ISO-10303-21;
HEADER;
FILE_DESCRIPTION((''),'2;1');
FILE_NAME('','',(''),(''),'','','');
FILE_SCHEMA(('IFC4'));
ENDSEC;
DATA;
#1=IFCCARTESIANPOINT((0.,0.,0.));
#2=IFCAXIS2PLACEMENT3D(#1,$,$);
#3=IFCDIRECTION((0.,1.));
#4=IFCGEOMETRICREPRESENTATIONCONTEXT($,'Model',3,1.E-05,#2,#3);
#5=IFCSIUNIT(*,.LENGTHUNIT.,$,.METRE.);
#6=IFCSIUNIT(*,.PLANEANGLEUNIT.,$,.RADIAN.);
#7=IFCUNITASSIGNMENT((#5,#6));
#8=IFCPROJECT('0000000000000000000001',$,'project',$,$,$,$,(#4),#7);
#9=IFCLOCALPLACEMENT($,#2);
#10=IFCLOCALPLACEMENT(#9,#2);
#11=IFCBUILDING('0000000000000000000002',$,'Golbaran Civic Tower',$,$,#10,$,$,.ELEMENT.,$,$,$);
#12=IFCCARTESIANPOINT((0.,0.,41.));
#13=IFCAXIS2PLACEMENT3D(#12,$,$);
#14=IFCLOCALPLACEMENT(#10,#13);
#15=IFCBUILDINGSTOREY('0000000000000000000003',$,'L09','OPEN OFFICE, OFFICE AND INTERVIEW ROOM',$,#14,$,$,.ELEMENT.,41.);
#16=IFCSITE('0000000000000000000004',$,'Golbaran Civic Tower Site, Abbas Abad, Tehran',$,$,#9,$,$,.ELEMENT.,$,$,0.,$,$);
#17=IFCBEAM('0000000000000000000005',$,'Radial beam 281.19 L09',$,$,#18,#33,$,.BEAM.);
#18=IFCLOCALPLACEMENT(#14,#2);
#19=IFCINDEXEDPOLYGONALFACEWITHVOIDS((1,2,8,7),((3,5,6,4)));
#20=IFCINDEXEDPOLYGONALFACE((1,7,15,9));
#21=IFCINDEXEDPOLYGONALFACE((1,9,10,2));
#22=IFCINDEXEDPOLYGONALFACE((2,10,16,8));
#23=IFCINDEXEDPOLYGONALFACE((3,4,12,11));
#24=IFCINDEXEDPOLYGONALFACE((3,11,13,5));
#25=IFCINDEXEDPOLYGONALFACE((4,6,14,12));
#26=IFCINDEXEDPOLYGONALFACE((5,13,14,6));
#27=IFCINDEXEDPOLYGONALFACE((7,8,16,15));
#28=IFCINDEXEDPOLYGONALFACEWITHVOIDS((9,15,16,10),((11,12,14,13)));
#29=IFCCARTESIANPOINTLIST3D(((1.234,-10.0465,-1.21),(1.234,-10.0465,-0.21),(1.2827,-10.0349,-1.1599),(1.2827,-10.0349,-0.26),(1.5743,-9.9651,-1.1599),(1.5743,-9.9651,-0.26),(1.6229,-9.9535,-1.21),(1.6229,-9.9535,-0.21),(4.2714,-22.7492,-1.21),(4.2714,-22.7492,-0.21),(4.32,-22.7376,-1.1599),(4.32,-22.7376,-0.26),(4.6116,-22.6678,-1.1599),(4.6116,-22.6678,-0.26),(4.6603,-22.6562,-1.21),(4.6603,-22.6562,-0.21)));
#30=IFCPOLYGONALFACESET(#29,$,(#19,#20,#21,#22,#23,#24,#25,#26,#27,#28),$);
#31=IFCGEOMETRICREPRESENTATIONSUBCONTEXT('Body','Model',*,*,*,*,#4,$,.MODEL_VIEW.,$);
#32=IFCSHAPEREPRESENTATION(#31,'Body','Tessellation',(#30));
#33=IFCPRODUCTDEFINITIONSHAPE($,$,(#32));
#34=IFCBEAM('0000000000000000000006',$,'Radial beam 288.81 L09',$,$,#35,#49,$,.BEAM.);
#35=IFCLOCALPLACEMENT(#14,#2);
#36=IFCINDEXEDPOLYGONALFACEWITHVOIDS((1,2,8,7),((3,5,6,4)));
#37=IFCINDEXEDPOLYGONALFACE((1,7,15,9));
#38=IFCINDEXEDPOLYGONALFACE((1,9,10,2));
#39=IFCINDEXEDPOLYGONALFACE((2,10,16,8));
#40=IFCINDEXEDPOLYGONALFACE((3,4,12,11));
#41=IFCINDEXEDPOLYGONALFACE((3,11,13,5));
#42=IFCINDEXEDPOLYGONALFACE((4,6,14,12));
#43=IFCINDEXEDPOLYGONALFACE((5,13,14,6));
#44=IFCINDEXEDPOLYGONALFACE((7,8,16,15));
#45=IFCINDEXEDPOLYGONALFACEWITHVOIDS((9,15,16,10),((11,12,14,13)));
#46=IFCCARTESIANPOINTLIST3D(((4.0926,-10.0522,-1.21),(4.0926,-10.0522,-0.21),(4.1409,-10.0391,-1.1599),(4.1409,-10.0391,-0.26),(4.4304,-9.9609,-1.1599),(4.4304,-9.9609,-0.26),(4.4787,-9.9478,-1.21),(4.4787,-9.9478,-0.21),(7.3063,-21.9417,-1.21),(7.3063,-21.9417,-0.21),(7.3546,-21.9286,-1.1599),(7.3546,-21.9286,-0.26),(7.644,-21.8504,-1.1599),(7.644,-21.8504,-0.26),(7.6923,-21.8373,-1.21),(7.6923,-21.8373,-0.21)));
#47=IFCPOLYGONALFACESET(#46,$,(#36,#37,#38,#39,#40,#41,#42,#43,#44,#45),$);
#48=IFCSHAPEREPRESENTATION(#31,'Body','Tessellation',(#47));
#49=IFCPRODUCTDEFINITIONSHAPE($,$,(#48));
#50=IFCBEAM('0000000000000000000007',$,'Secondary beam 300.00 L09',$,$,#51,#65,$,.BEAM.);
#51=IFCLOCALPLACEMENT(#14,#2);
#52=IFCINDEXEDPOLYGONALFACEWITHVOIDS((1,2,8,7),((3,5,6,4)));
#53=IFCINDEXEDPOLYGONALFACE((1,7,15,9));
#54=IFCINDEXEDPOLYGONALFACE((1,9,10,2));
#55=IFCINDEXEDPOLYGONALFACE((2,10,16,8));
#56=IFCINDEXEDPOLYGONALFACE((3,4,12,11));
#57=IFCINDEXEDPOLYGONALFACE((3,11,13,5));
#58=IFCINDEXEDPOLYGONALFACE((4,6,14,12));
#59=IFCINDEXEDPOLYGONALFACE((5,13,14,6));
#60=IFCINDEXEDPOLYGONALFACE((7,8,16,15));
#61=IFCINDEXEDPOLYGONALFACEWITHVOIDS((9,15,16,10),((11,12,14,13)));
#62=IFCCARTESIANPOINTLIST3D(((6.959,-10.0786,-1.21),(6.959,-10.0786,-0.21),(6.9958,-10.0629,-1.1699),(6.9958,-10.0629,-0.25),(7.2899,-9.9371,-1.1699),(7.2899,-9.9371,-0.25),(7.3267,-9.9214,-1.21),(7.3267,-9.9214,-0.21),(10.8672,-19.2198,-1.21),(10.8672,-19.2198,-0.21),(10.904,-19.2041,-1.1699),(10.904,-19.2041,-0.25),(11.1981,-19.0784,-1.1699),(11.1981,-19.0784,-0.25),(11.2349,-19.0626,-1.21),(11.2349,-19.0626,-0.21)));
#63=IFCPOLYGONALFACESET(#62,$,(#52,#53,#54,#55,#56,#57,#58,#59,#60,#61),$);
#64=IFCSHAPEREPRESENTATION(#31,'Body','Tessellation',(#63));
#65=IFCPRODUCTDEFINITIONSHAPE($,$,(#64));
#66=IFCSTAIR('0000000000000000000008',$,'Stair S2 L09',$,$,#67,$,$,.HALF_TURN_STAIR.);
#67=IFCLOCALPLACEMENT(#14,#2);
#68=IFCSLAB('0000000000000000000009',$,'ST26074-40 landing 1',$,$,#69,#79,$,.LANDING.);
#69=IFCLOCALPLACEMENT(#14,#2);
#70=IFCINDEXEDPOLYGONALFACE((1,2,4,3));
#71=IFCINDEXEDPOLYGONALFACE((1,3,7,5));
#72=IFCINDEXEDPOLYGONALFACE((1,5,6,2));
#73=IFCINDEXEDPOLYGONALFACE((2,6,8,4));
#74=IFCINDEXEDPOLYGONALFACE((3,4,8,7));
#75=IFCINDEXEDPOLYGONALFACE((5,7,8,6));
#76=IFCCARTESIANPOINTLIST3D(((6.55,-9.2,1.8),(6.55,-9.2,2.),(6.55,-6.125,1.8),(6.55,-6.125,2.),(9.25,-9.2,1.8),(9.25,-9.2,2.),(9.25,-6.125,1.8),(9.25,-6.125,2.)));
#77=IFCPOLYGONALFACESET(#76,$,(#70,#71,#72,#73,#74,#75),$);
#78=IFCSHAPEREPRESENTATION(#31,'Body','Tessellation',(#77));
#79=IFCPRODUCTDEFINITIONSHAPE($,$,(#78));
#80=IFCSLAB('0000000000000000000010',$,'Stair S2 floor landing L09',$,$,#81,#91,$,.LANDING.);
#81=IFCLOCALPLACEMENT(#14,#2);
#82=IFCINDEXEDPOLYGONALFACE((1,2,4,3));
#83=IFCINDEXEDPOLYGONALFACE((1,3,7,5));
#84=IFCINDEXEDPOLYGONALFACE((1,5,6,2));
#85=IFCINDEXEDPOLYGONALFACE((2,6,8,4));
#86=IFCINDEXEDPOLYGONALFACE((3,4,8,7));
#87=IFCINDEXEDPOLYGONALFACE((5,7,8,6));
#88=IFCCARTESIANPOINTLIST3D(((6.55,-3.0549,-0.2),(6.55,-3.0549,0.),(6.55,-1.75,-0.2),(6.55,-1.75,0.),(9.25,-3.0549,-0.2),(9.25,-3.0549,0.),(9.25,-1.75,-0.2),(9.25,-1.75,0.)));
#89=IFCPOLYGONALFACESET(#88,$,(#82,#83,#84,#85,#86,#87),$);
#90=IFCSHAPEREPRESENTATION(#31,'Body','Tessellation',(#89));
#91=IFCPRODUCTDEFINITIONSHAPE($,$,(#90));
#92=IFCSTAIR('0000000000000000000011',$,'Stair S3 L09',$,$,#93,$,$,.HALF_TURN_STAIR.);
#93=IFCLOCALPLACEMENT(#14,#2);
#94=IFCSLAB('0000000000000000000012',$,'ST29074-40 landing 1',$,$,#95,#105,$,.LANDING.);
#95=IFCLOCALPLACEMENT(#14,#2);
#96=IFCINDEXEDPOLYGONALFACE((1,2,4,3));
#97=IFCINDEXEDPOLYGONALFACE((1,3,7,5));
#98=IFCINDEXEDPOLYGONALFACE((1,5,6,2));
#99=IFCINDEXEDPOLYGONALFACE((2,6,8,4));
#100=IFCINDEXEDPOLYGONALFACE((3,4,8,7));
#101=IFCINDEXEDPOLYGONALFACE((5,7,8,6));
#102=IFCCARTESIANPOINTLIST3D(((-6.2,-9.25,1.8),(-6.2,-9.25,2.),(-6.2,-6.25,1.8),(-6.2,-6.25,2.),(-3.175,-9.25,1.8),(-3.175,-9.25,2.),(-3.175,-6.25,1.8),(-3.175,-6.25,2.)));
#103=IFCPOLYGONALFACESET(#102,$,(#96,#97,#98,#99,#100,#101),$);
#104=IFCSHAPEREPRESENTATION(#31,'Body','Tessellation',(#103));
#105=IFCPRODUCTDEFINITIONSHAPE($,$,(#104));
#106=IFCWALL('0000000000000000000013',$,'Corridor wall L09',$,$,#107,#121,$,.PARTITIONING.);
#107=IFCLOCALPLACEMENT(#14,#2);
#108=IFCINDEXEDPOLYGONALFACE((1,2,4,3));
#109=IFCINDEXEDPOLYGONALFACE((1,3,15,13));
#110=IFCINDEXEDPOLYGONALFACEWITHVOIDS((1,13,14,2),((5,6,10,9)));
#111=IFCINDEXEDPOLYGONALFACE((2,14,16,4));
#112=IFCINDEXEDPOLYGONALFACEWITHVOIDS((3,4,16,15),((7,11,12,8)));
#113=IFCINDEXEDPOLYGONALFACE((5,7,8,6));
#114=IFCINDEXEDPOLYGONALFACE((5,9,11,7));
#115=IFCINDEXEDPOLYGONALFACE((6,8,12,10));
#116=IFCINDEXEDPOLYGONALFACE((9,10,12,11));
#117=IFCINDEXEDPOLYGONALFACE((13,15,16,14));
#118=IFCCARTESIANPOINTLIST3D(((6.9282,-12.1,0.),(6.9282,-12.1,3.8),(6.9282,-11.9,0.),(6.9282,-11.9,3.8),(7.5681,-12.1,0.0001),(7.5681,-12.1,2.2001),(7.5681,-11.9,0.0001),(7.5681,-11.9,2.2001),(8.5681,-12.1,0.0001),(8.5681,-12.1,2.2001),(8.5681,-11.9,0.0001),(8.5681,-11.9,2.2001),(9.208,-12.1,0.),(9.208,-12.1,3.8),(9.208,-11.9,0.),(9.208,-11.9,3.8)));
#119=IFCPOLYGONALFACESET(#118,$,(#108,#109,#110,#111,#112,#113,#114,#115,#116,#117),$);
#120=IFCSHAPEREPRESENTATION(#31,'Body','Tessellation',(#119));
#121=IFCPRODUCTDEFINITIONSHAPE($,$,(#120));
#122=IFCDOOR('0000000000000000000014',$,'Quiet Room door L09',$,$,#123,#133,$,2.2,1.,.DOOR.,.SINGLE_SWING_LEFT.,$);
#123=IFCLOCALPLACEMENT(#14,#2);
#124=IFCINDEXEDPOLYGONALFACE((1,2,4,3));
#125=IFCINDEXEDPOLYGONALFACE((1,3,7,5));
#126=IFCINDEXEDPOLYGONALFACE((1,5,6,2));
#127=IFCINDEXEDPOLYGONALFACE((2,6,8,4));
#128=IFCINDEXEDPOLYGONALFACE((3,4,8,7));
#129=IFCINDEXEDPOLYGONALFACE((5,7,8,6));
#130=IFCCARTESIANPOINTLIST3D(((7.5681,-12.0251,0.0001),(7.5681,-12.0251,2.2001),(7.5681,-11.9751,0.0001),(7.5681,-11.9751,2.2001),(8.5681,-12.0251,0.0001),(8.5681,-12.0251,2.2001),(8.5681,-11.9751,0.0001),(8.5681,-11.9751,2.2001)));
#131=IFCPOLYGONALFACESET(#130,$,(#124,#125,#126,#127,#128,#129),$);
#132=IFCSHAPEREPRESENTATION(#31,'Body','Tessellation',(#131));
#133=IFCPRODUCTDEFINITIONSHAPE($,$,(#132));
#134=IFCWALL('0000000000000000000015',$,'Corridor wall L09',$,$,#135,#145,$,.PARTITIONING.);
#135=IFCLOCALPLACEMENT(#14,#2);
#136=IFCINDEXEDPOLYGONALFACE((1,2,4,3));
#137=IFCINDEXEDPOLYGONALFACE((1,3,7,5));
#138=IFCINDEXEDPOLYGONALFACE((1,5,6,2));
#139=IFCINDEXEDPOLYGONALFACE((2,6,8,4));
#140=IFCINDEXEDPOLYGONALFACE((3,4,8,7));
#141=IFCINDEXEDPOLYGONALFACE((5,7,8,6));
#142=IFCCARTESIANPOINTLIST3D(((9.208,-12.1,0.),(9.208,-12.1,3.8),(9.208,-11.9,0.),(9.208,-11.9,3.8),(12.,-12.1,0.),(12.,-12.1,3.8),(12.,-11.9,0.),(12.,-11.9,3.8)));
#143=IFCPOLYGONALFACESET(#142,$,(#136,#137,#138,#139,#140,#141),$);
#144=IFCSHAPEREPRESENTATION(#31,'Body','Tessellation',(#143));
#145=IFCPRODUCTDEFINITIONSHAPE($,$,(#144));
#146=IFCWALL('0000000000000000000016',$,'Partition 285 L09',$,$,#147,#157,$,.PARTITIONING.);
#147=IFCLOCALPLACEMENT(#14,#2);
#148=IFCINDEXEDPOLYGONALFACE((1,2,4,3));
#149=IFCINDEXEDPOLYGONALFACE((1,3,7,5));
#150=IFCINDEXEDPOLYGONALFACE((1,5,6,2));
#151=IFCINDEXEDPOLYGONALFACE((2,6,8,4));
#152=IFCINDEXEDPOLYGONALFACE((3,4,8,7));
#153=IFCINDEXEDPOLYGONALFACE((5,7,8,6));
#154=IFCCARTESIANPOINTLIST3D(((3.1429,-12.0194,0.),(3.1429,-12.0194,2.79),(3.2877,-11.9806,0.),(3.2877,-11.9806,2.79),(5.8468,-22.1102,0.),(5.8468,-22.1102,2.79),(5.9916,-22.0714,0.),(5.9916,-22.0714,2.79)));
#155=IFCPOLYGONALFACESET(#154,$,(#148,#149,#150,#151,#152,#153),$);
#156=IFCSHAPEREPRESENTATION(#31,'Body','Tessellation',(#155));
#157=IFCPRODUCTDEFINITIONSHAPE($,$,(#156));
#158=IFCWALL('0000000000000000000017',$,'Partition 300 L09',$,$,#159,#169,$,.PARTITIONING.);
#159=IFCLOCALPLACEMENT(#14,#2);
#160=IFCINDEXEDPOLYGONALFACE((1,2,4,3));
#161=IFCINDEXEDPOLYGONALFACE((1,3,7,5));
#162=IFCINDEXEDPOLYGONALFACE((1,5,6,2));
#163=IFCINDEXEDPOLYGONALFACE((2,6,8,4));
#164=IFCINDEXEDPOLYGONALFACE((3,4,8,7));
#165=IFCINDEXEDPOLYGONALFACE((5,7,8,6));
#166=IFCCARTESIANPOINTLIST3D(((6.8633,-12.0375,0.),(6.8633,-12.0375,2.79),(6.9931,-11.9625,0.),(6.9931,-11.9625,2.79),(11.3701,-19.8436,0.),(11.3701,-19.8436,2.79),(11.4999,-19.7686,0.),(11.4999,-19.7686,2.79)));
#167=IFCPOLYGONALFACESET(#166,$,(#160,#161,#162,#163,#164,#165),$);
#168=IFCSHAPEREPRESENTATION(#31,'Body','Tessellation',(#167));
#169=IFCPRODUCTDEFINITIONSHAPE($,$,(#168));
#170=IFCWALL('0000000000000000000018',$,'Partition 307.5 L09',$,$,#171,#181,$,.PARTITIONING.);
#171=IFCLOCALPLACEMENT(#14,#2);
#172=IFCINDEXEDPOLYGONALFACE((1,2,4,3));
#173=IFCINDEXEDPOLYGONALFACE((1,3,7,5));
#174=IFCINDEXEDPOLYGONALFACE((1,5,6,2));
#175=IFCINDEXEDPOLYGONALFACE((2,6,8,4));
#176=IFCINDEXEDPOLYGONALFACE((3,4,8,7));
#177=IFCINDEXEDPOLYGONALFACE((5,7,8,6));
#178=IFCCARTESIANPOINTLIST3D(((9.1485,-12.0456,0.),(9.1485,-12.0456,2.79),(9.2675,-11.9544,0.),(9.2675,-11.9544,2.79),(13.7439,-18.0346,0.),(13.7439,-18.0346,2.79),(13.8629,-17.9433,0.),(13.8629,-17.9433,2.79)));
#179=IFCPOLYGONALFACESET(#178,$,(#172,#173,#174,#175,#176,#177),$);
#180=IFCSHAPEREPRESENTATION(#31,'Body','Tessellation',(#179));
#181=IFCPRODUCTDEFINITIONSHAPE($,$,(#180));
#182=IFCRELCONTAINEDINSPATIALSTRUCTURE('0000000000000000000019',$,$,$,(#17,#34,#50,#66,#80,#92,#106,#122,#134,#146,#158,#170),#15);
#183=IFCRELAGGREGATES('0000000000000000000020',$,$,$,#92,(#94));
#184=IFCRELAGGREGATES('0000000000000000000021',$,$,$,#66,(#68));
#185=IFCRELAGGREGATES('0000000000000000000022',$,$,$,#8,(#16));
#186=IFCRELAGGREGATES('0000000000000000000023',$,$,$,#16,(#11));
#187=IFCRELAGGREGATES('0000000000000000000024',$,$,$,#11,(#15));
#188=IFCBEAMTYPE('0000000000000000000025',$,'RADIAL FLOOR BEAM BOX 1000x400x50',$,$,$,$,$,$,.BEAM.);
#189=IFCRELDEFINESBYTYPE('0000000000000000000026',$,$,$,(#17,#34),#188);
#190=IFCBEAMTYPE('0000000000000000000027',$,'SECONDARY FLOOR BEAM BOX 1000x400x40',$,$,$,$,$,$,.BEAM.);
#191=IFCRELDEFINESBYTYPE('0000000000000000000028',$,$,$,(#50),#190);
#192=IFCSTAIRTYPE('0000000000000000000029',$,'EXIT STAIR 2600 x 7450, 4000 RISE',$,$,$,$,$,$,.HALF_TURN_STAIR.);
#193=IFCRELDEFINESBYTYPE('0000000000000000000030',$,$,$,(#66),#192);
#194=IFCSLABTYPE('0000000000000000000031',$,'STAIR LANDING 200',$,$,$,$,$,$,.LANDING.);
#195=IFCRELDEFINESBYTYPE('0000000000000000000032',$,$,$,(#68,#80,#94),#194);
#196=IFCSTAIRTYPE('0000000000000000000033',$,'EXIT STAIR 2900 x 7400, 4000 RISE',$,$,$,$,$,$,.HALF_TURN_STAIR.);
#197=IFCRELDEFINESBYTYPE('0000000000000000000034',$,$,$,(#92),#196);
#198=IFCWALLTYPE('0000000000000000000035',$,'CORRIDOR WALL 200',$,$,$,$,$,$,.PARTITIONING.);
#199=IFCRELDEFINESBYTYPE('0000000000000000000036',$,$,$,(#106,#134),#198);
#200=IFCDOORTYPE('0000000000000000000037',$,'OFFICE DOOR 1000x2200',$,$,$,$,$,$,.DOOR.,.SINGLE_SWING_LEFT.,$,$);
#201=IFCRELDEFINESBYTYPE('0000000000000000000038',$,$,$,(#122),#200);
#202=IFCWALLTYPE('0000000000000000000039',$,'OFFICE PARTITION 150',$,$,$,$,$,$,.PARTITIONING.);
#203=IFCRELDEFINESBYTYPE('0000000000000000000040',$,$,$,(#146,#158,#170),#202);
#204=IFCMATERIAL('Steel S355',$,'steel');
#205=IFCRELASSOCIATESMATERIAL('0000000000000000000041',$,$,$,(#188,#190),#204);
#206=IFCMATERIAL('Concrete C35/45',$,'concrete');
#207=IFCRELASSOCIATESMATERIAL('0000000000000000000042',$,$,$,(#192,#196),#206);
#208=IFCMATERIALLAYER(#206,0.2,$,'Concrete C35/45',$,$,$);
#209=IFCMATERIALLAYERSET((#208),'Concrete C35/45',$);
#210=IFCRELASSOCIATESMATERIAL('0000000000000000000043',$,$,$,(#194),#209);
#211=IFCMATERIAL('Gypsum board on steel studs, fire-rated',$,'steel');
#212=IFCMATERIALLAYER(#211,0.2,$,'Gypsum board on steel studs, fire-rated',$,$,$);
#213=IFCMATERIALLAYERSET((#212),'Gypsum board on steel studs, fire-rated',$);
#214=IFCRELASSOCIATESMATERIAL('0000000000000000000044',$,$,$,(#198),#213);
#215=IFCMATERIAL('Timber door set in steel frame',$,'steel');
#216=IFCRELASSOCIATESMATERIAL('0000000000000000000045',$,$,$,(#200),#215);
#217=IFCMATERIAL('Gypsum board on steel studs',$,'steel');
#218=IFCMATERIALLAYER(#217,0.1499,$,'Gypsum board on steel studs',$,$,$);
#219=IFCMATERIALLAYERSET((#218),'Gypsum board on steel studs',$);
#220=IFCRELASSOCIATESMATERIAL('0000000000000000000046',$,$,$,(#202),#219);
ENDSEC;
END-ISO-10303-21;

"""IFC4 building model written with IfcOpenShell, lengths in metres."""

from ifc_helpers import new_model, si_unit, direction, frame, frame_2d, origin, origin_2d, place, context, subcontext, project, spatial, polyline, rectangle, hollow_rectangle, outline, extrude, material, layer, layer_set, material_profile, profile_set, type_object, element, fill, aggregate, save


model = new_model("IFC4")

# Units and contexts
model_context = context("Model", 3, precision=1e-05, world=origin(), true_north=direction((0.0, 1.0)))
body_context = subcontext(model_context, "Body", "Model", "MODEL_VIEW")
ifc_project = project(units=[si_unit("LENGTHUNIT", "METRE"), si_unit("PLANEANGLEUNIT", "RADIAN")], contexts=[model_context])

# Site, building, storey
site_placement = place(None, origin())
site = spatial("IfcSite", under=ifc_project, at=site_placement, Name="Golbaran Civic Tower Site, Abbas Abad, Tehran", CompositionType="ELEMENT", RefElevation=0.0)
building_placement = place(site_placement, origin())
building = spatial("IfcBuilding", under=site, at=building_placement, Name="Golbaran Civic Tower", CompositionType="ELEMENT")
storey_placement = place(building_placement, frame((0.0, 0.0, 41.0)))
storey = spatial("IfcBuildingStorey", under=building, at=storey_placement, Name="L09", Description="OPEN OFFICE, OFFICE AND INTERVIEW ROOM", CompositionType="ELEMENT", Elevation=41.0)

# Beams
ifc_material_1 = material(Name="Steel S355", Category="steel")
ifc_material_profile_1 = material_profile(ifc_material_1, hollow_rectangle(XDim=0.3999, YDim=1.0, WallThickness=0.05, at=origin_2d()), Name="BOX 1000x400x50")
ifc_profile_set_1 = profile_set([ifc_material_profile_1], Name="Steel S355")
beam_type_1 = type_object("IfcBeamType", Name="RADIAL FLOOR BEAM BOX 1000x400x50", PredefinedType="BEAM", material=ifc_profile_set_1)
beam_1_placement = place(storey_placement, frame((1.4285, -10.0, -0.71), z_axis=(0.232556, -0.972583, 0.0), x_axis=(0.972583, 0.232556, 0.0)))
element("IfcBeam", 1, at=beam_1_placement, inside=storey, type_object=beam_type_1, Name="Radial beam 281.19 L09", PredefinedType="BEAM", context=body_context, shape_type="SweptSolid", body=[
    extrude(hollow_rectangle(XDim=0.3999, YDim=1.0, WallThickness=0.05, at=origin_2d()), origin(), (0.0, 0.0, 1.0), 13.0608),
])
beam_2_placement = place(storey_placement, frame((4.2856, -10.0, -0.71), z_axis=(0.260929, -0.965358, 0.0), x_axis=(0.965358, 0.260929, 0.0)))
element("IfcBeam", 2, at=beam_2_placement, inside=storey, type_object=beam_type_1, Name="Radial beam 288.81 L09", PredefinedType="BEAM", context=body_context, shape_type="SweptSolid", body=[
    extrude(hollow_rectangle(XDim=0.3999, YDim=1.0, WallThickness=0.05, at=origin_2d()), origin(), (0.0, 0.0, 1.0), 12.3162),
])
ifc_material_profile_2 = material_profile(ifc_material_1, hollow_rectangle(XDim=0.3999, YDim=1.0, WallThickness=0.04, at=origin_2d()), Name="BOX 1000x400x40")
ifc_profile_set_2 = profile_set([ifc_material_profile_2], Name="Steel S355")
beam_type_2 = type_object("IfcBeamType", Name="SECONDARY FLOOR BEAM BOX 1000x400x40", PredefinedType="BEAM", material=ifc_profile_set_2)
beam_3_placement = place(storey_placement, frame((7.1428, -10.0, -0.71), z_axis=(0.393119, -0.919488, 0.0), x_axis=(0.919488, 0.393119, 0.0)))
element("IfcBeam", 3, at=beam_3_placement, inside=storey, type_object=beam_type_2, Name="Secondary beam 300.00 L09", PredefinedType="BEAM", context=body_context, shape_type="SweptSolid", body=[
    extrude(hollow_rectangle(XDim=0.3999, YDim=1.0, WallThickness=0.04, at=origin_2d()), origin(), (0.0, 0.0, 1.0), 9.9417),
])

# Stair, slab
ifc_material_2 = material(Name="Concrete C35/45", Category="concrete")
stair_type_1 = type_object("IfcStairType", Name="EXIT STAIR 2600 x 7450, 4000 RISE", PredefinedType="HALF_TURN_STAIR", material=ifc_material_2)
stair_1_placement = place(storey_placement, origin())
stair_1 = element("IfcStair", 4, at=stair_1_placement, inside=storey, type_object=stair_type_1, Name="Stair S2 L09", PredefinedType="HALF_TURN_STAIR")
ifc_layer_1 = layer(ifc_material_2, 0.2, Name="Concrete C35/45")
ifc_layer_set_1 = layer_set([ifc_layer_1], Name="Concrete C35/45")
slab_type = type_object("IfcSlabType", Name="STAIR LANDING 200", PredefinedType="LANDING", material=ifc_layer_set_1)
slab_1_placement = place(storey_placement, frame((0.0, 0.0, 1.8)))
slab_1 = element("IfcSlab", 5, at=slab_1_placement, type_object=slab_type, Name="ST26074-40 landing 1", PredefinedType="LANDING", context=body_context, shape_type="SweptSolid", body=[
    extrude(outline(polyline([(9.25, -6.125), (9.25, -9.2), (6.55, -9.2), (6.55, -6.125), (9.25, -6.125)])), origin(), (0.0, 0.0, 1.0), 0.2),
])

# Slab
slab_2_placement = place(storey_placement, frame((0.0, 0.0, -0.2)))
element("IfcSlab", 6, at=slab_2_placement, inside=storey, type_object=slab_type, Name="Stair S2 floor landing L09", PredefinedType="LANDING", context=body_context, shape_type="SweptSolid", body=[
    extrude(outline(polyline([(9.25, -1.75), (9.25, -3.0549), (6.55, -3.0549), (6.55, -1.75), (9.25, -1.75)])), origin(), (0.0, 0.0, 1.0), 0.2),
])

# Stair, slab
stair_type_2 = type_object("IfcStairType", Name="EXIT STAIR 2900 x 7400, 4000 RISE", PredefinedType="HALF_TURN_STAIR", material=ifc_material_2)
stair_2_placement = place(storey_placement, origin())
stair_2 = element("IfcStair", 7, at=stair_2_placement, inside=storey, type_object=stair_type_2, Name="Stair S3 L09", PredefinedType="HALF_TURN_STAIR")
slab_3_placement = place(storey_placement, frame((0.0, 0.0, 1.8)))
slab_3 = element("IfcSlab", 8, at=slab_3_placement, type_object=slab_type, Name="ST29074-40 landing 1", PredefinedType="LANDING", context=body_context, shape_type="SweptSolid", body=[
    extrude(outline(polyline([(-3.175, -9.25), (-6.2, -9.25), (-6.2, -6.25), (-3.175, -6.25), (-3.175, -9.25)])), origin(), (0.0, 0.0, 1.0), 0.2),
])
aggregate(stair_2, [slab_3])

# Wall, opening, door
ifc_material_3 = material(Name="Gypsum board on steel studs, fire-rated", Category="steel")
ifc_layer_2 = layer(ifc_material_3, 0.2, Name="Gypsum board on steel studs, fire-rated")
ifc_layer_set_2 = layer_set([ifc_layer_2], Name="Gypsum board on steel studs, fire-rated")
wall_type_1 = type_object("IfcWallType", Name="CORRIDOR WALL 200", PredefinedType="PARTITIONING", material=ifc_layer_set_2)
wall_1_placement = place(storey_placement, frame((6.9282, -12.0, 0.0), z_axis=(0.0, 0.0, 1.0), x_axis=(1.0, 0.0, 0.0)))
wall_1 = element("IfcWall", 9, at=wall_1_placement, inside=storey, type_object=wall_type_1, Name="Corridor wall L09", PredefinedType="PARTITIONING", context=body_context, shape_type="SweptSolid", body=[
    extrude(rectangle(XDim=2.2798, YDim=0.2, at=frame_2d((1.1399, 0.0))), origin(), (0.0, 0.0, 1.0), 3.8),
])
opening_1_placement = place(wall_1_placement, frame((0.6399, 0.0, 0.0)))
opening_1 = element("IfcOpeningElement", 10, at=opening_1_placement, cuts=wall_1, PredefinedType="OPENING", context=body_context, shape_type="SweptSolid", body=[
    extrude(rectangle(XDim=1.0, YDim=2.2, at=frame_2d((0.5, 1.1001))), frame((0.0, 0.1099, 0.0), z_axis=(0.0, -1.0, 0.0), x_axis=(1.0, 0.0, 0.0)), (0.0, 0.0, 1.0), 0.22),
])
ifc_material_4 = material(Name="Timber door set in steel frame", Category="steel")
door_type_1 = type_object("IfcDoorType", Name="OFFICE DOOR 1000x2200", OperationType="SINGLE_SWING_LEFT", PredefinedType="DOOR", material=ifc_material_4)
door_1_placement = place(opening_1_placement, origin())
door_1 = element("IfcDoor", 11, at=door_1_placement, inside=storey, type_object=door_type_1, Name="Quiet Room door L09", OperationType="SINGLE_SWING_LEFT", OverallHeight=2.2, OverallWidth=1.0, PredefinedType="DOOR", context=body_context, shape_type="SweptSolid", body=[
    extrude(rectangle(XDim=1.0, YDim=2.2, at=frame_2d((0.5, 1.1001))), frame((0.0, 0.0249, 0.0), z_axis=(0.0, -1.0, 0.0), x_axis=(1.0, 0.0, 0.0)), (0.0, 0.0, 1.0), 0.05),
])
fill(opening_1, door_1)

# Walls
wall_2_placement = place(storey_placement, frame((9.208, -12.0, 0.0), z_axis=(0.0, 0.0, 1.0), x_axis=(1.0, 0.0, 0.0)))
element("IfcWall", 12, at=wall_2_placement, inside=storey, type_object=wall_type_1, Name="Corridor wall L09", PredefinedType="PARTITIONING", context=body_context, shape_type="SweptSolid", body=[
    extrude(rectangle(XDim=2.792, YDim=0.2, at=frame_2d((1.396, 0.0))), origin(), (0.0, 0.0, 1.0), 3.8),
])
ifc_material_5 = material(Name="Gypsum board on steel studs", Category="steel")
ifc_layer_3 = layer(ifc_material_5, 0.1499, Name="Gypsum board on steel studs")
ifc_layer_set_3 = layer_set([ifc_layer_3], Name="Gypsum board on steel studs")
wall_type_2 = type_object("IfcWallType", Name="OFFICE PARTITION 150", PredefinedType="PARTITIONING", material=ifc_layer_set_3)
wall_3_placement = place(storey_placement, frame((3.2153, -12.0, 0.0), z_axis=(0.0, 0.0, 1.0), x_axis=(0.258822, -0.965925, 0.0)))
element("IfcWall", 13, at=wall_3_placement, inside=storey, type_object=wall_type_2, Name="Partition 285 L09", PredefinedType="PARTITIONING", context=body_context, shape_type="SweptSolid", body=[
    extrude(rectangle(XDim=10.4468, YDim=0.1499, at=frame_2d((5.2234, 0.0))), origin(), (0.0, 0.0, 1.0), 2.79),
])
wall_4_placement = place(storey_placement, frame((6.9282, -12.0, 0.0), z_axis=(0.0, 0.0, 1.0), x_axis=(0.499996, -0.866028, 0.0)))
element("IfcWall", 14, at=wall_4_placement, inside=storey, type_object=wall_type_2, Name="Partition 300 L09", PredefinedType="PARTITIONING", context=body_context, shape_type="SweptSolid", body=[
    extrude(rectangle(XDim=9.0137, YDim=0.1499, at=frame_2d((4.5068, 0.0))), origin(), (0.0, 0.0, 1.0), 2.79),
])
wall_5_placement = place(storey_placement, frame((9.208, -12.0, 0.0), z_axis=(0.0, 0.0, 1.0), x_axis=(0.608755, -0.793358, 0.0)))
element("IfcWall", 15, at=wall_5_placement, inside=storey, type_object=wall_type_2, Name="Partition 307.5 L09", PredefinedType="PARTITIONING", context=body_context, shape_type="SweptSolid", body=[
    extrude(rectangle(XDim=7.5488, YDim=0.1499, at=frame_2d((3.7744, 0.0))), origin(), (0.0, 0.0, 1.0), 2.79),
])

aggregate(stair_1, [slab_1])

save(model, "model.ifc")
